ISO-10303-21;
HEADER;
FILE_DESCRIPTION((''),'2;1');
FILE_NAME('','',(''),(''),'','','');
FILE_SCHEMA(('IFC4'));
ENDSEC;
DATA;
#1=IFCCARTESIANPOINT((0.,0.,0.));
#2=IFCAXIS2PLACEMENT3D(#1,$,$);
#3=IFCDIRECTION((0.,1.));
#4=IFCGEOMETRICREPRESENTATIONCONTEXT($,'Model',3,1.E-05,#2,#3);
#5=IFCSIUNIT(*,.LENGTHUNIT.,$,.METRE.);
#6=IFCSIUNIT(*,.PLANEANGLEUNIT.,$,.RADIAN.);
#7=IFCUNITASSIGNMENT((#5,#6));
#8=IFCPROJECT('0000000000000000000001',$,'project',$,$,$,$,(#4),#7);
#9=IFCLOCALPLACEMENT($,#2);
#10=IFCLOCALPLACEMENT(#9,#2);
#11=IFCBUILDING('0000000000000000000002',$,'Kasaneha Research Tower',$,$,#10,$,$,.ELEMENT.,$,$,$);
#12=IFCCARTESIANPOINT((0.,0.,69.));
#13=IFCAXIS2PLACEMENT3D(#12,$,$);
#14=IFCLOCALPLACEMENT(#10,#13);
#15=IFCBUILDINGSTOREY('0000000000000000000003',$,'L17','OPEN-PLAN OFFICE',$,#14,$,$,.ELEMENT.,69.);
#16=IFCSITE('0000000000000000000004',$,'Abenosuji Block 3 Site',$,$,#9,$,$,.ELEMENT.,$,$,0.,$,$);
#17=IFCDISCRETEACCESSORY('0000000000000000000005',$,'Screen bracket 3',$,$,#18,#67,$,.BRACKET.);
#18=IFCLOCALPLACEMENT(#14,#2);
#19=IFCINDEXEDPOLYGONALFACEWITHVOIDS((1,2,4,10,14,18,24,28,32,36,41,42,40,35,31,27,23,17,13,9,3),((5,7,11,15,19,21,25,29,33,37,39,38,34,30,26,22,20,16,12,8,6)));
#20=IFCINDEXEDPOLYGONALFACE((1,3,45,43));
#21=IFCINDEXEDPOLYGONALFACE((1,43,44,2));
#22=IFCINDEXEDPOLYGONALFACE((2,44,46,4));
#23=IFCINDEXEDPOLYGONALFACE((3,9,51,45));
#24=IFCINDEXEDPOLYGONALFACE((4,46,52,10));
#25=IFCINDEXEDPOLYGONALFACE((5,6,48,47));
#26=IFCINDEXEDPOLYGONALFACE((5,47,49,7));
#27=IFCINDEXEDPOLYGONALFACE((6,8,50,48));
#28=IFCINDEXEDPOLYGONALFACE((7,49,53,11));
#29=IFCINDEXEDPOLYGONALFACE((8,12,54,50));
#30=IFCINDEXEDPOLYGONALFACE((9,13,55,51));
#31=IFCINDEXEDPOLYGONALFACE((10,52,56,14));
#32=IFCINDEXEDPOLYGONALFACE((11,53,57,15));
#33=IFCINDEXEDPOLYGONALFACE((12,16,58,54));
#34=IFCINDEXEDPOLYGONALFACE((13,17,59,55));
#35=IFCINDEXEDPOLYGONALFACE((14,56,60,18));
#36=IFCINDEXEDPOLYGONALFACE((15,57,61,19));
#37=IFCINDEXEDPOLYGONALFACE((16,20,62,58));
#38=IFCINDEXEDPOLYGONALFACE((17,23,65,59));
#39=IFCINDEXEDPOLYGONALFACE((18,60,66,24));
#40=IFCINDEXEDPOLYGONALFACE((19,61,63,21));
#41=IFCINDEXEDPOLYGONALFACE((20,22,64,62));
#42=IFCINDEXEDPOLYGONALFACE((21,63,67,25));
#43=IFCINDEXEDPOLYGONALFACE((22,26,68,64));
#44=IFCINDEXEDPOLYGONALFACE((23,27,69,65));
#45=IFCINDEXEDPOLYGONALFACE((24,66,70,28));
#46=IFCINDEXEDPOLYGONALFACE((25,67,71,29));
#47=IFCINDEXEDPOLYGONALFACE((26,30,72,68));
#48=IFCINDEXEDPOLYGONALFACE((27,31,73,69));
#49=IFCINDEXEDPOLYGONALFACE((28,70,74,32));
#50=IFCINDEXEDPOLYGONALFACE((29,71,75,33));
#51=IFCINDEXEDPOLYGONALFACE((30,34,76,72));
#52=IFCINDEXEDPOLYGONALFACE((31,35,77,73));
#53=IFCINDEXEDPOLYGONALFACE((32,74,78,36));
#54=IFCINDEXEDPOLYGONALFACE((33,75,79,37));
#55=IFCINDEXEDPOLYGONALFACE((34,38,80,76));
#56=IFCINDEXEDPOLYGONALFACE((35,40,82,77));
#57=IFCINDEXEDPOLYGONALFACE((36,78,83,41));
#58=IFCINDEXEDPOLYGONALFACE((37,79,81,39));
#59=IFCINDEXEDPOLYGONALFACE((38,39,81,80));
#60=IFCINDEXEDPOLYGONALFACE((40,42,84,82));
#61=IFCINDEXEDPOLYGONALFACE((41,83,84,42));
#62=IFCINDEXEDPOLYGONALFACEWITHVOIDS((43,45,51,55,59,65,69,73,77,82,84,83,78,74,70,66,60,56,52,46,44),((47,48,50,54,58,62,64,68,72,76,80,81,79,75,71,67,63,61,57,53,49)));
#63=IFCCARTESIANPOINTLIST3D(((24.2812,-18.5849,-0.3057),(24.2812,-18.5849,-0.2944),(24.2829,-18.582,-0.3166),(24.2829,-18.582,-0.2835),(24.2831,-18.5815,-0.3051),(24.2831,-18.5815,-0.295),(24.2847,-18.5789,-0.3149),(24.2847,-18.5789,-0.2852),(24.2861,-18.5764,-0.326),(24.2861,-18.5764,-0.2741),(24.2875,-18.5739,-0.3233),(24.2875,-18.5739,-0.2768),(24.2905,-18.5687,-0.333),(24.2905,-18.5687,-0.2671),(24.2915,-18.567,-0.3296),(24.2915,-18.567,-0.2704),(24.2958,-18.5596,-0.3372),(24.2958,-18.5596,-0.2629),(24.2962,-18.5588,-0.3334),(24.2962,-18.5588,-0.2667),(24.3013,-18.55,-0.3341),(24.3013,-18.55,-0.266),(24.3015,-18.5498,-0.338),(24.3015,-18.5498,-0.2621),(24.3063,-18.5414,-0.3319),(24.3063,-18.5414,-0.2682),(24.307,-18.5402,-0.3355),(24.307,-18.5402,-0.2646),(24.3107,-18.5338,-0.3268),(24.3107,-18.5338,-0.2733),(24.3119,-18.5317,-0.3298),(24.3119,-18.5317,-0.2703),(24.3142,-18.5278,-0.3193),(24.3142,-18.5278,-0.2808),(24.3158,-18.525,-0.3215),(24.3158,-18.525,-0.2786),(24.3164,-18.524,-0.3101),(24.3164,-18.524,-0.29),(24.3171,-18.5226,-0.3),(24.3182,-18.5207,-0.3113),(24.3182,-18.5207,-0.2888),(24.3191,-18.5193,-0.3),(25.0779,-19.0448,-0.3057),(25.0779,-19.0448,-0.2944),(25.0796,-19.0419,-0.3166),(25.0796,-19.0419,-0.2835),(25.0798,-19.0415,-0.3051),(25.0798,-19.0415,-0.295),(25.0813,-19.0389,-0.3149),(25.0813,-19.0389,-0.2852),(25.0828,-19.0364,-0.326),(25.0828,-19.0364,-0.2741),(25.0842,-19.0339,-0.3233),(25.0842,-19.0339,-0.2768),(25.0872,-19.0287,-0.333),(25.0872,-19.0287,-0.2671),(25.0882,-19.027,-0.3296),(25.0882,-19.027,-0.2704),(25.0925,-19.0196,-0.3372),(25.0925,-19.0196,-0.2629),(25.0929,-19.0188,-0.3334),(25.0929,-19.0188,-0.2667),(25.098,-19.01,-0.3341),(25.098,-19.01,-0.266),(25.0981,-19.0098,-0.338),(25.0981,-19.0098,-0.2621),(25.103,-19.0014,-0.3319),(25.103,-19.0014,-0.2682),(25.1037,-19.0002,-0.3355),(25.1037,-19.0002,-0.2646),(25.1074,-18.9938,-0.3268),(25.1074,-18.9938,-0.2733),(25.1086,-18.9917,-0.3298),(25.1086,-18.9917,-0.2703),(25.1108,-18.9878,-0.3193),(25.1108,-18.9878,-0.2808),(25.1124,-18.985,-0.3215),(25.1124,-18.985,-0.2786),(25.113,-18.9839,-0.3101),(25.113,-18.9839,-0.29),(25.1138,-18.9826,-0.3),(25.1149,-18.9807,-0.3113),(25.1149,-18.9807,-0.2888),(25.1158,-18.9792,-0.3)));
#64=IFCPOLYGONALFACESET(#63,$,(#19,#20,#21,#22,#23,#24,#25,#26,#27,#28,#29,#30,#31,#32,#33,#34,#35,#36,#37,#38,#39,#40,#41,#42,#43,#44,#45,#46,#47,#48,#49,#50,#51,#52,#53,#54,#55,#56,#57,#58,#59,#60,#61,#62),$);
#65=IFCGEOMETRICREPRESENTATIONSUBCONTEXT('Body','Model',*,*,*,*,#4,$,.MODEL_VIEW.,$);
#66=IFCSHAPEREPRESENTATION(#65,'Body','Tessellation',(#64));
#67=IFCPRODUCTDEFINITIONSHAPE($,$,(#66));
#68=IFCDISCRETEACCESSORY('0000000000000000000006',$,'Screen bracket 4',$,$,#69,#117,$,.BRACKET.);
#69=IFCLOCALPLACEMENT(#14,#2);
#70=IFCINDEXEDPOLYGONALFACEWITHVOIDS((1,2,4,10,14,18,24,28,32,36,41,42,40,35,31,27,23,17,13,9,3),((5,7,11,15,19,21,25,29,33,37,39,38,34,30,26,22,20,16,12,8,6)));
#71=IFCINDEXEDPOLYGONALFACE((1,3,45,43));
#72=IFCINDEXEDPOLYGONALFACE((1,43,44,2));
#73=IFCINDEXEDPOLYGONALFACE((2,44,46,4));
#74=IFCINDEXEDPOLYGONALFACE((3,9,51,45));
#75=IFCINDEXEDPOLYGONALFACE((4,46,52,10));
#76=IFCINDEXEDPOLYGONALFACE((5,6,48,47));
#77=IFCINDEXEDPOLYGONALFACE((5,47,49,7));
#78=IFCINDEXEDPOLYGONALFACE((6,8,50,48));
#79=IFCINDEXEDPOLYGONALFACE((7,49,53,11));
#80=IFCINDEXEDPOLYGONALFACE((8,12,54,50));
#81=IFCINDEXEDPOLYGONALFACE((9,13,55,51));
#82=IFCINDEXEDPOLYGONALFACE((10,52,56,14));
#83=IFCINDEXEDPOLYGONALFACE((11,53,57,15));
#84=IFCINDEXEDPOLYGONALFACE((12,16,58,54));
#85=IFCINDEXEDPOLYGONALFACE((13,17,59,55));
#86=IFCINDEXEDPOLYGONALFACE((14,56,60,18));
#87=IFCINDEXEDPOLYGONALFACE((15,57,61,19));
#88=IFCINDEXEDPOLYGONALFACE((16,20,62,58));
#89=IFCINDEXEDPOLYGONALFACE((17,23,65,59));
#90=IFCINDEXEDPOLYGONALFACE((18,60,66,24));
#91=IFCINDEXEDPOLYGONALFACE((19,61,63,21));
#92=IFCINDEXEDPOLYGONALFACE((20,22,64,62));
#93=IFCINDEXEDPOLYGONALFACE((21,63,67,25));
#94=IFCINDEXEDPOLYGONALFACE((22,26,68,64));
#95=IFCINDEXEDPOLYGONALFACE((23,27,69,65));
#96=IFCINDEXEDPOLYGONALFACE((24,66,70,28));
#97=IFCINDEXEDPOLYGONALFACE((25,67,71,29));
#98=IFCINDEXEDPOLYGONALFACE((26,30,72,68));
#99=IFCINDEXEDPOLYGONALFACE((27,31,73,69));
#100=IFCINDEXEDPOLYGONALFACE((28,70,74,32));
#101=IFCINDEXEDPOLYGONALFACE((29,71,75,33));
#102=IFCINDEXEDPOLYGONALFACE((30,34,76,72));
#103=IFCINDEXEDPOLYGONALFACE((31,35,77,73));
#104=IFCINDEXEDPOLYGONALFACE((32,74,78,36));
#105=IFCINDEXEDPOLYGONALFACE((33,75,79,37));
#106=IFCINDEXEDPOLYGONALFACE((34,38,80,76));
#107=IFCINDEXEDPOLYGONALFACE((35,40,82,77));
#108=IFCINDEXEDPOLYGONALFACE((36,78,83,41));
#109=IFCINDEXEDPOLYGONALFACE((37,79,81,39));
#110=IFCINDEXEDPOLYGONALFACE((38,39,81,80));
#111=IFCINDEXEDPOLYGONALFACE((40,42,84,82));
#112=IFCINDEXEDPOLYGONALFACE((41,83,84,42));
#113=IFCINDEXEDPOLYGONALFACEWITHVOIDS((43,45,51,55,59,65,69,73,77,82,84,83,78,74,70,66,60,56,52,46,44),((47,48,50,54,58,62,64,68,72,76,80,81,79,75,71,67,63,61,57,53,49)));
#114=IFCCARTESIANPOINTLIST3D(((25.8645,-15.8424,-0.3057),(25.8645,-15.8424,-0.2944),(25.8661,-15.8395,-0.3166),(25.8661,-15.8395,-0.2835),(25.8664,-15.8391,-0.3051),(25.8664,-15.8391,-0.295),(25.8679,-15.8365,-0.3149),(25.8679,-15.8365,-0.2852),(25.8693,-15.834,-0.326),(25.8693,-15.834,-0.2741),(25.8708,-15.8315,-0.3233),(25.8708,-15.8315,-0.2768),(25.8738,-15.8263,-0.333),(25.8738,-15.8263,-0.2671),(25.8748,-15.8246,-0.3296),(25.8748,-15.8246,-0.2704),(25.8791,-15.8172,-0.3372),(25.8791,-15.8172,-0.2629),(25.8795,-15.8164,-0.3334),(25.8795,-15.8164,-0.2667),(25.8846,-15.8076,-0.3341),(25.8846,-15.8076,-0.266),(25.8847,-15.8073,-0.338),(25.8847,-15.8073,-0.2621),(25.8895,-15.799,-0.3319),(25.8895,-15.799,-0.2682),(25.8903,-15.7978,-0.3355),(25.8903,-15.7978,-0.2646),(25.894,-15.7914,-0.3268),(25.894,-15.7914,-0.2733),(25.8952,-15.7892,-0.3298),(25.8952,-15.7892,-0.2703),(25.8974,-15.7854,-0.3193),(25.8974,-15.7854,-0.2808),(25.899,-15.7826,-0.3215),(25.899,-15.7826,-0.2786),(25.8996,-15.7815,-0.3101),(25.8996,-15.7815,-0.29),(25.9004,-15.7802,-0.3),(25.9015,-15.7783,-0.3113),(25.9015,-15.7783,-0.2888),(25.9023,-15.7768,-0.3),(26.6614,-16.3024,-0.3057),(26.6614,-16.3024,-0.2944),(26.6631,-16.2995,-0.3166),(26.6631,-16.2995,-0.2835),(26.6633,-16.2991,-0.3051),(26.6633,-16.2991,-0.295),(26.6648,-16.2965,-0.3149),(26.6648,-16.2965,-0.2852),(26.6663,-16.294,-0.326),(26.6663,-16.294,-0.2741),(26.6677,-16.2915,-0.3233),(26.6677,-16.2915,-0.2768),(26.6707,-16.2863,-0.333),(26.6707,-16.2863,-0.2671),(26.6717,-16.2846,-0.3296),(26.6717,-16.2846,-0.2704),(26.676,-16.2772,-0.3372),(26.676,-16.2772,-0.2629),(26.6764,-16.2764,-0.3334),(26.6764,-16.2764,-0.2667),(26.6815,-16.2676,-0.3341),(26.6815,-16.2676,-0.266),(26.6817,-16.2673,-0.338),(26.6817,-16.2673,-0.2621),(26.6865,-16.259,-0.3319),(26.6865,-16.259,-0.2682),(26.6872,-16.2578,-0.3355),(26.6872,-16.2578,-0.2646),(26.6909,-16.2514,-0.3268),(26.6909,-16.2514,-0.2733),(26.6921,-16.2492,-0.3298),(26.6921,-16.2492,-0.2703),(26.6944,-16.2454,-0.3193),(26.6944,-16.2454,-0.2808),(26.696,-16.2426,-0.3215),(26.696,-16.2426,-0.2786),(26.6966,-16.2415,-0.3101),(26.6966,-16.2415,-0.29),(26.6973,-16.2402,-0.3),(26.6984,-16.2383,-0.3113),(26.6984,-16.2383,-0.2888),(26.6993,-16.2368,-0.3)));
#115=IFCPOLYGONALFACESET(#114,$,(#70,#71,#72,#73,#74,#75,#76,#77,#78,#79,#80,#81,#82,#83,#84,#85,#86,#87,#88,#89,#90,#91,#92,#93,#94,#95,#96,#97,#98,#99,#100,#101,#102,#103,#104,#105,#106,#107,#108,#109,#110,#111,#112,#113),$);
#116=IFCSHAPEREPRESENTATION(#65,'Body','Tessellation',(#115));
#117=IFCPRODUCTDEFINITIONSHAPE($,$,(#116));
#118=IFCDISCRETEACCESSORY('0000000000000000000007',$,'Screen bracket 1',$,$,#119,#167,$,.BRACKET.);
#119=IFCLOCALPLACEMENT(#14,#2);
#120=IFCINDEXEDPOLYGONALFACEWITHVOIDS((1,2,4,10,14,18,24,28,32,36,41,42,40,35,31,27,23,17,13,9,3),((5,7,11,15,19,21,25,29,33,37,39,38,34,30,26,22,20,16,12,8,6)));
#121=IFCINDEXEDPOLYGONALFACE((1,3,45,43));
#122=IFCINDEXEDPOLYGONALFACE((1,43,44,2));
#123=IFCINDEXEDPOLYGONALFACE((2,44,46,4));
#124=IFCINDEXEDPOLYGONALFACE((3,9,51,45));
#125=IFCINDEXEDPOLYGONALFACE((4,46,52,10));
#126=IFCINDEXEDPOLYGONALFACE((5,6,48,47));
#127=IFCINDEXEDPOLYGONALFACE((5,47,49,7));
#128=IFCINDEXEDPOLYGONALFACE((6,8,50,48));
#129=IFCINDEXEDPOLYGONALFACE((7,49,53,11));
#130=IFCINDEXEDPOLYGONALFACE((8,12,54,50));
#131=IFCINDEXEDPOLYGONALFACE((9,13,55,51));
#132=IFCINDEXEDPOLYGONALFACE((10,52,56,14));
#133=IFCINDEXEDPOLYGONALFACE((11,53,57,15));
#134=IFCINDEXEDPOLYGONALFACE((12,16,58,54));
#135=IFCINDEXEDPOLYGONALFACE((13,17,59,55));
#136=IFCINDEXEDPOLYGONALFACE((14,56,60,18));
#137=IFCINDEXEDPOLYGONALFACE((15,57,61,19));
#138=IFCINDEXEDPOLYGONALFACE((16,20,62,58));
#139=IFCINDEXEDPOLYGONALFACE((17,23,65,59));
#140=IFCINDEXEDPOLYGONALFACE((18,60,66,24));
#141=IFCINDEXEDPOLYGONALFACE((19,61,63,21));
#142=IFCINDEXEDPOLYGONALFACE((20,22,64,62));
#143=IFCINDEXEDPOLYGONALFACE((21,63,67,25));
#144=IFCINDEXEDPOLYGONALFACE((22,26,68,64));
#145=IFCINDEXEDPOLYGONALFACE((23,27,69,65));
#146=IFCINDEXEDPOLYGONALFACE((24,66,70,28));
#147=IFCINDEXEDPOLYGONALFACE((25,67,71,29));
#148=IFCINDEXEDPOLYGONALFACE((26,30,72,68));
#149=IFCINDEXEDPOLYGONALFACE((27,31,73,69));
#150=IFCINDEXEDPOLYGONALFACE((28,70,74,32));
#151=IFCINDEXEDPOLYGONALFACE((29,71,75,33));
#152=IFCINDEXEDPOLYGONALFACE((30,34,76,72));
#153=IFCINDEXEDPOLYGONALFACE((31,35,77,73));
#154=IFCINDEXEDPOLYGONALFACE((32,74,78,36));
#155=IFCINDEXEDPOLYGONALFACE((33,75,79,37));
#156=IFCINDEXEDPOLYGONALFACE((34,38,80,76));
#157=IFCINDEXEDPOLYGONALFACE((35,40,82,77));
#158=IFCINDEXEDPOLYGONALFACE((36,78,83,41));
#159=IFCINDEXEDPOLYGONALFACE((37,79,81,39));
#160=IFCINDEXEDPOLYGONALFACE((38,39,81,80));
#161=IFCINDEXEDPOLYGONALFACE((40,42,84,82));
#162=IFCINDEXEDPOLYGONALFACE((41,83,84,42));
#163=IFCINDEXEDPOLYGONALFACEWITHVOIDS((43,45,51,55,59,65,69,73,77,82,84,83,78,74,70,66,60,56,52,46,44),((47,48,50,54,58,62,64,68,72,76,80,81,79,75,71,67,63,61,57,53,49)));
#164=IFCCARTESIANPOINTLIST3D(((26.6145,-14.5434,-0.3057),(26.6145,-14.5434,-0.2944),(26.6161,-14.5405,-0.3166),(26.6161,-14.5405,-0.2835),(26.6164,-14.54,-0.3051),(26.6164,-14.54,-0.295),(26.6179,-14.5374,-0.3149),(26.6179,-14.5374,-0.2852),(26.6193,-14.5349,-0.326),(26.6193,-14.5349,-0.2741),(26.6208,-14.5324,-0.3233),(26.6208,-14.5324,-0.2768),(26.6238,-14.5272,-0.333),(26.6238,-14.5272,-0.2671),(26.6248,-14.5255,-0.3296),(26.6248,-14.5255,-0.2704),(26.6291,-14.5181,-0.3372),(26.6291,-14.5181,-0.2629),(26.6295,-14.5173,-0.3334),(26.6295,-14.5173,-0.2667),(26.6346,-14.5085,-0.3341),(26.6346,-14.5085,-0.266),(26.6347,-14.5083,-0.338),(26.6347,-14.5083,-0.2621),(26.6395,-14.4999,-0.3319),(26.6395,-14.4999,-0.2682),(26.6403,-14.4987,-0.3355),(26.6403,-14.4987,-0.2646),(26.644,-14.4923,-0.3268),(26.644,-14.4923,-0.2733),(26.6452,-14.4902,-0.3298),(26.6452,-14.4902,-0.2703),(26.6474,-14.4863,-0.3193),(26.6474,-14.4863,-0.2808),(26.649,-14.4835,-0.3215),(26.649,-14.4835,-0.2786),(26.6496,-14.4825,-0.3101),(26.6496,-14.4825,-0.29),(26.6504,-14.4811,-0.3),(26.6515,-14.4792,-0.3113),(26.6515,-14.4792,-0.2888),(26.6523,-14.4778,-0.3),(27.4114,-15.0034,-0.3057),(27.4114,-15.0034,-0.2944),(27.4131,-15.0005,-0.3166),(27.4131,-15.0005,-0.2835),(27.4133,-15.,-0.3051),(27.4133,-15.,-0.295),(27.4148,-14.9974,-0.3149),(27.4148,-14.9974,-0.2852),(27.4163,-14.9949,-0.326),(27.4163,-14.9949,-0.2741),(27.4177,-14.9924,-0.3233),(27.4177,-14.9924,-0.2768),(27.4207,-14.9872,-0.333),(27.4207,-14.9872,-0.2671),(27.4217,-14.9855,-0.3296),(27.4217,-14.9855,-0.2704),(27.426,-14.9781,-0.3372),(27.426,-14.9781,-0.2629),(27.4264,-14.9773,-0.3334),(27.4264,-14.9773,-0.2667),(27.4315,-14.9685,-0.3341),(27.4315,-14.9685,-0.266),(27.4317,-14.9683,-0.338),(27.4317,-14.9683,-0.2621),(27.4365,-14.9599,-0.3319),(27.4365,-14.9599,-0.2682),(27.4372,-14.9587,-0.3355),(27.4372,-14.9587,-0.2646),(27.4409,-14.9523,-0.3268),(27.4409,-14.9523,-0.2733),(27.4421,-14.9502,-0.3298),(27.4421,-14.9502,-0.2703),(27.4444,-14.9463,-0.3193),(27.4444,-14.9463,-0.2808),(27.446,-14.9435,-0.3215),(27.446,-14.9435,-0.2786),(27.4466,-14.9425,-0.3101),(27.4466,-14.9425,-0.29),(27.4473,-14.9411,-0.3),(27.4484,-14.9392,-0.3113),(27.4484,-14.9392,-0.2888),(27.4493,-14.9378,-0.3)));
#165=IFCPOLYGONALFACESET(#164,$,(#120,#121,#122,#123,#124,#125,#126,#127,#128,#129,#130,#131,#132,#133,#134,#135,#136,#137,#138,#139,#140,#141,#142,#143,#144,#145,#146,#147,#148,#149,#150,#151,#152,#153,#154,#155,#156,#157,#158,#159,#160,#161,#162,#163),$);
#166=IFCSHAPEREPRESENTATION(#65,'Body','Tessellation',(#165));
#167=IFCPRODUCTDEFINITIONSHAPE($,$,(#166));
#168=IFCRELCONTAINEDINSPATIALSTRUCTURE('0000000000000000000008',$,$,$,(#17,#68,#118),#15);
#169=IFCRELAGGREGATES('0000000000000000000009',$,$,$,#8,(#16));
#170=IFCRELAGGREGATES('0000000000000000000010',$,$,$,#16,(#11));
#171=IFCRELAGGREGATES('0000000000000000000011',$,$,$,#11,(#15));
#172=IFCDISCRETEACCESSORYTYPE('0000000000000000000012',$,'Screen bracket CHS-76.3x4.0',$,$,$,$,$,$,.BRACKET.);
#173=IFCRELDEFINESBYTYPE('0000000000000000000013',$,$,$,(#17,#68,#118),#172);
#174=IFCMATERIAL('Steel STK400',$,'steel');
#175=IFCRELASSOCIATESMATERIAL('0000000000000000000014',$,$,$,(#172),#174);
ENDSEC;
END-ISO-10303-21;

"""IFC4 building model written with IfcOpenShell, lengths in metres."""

from ifc_helpers import new_model, si_unit, direction, frame, origin, origin_2d, place, context, subcontext, project, spatial, hollow_circle, extrude, material, material_profile, profile_set, type_object, element, save


model = new_model("IFC4")

# Units and contexts
model_context = context("Model", 3, precision=1e-05, world=origin(), true_north=direction((0.0, 1.0)))
body_context = subcontext(model_context, "Body", "Model", "MODEL_VIEW")
ifc_project = project(units=[si_unit("LENGTHUNIT", "METRE"), si_unit("PLANEANGLEUNIT", "RADIAN")], contexts=[model_context])

# Site, building, storey
site_placement = place(None, origin())
site = spatial("IfcSite", under=ifc_project, at=site_placement, Name="Abenosuji Block 3 Site", CompositionType="ELEMENT", RefElevation=0.0)
building_placement = place(site_placement, origin())
building = spatial("IfcBuilding", under=site, at=building_placement, Name="Kasaneha Research Tower", CompositionType="ELEMENT")
storey_placement = place(building_placement, frame((0.0, 0.0, 69.0)))
storey = spatial("IfcBuildingStorey", under=building, at=storey_placement, Name="L17", Description="OPEN-PLAN OFFICE", CompositionType="ELEMENT", Elevation=69.0)

# Discrete accessories
ifc_material_1 = material(Name="Steel STK400", Category="steel")
ifc_material_profile_1 = material_profile(ifc_material_1, hollow_circle(Radius=0.0381, WallThickness=0.0039, at=origin_2d()), Name="CHS-76.3x4.0")
ifc_profile_set_1 = profile_set([ifc_material_profile_1], Name="Steel STK400")
discrete_accessory_type = type_object("IfcDiscreteAccessoryType", Name="Screen bracket CHS-76.3x4.0", PredefinedType="BRACKET", material=ifc_profile_set_1)
discrete_accessory_1_placement = place(storey_placement, frame((24.3, -18.5522, -0.3), z_axis=(0.866013, -0.500021, 0.0), x_axis=(0.500021, 0.866013, 0.0)))
element("IfcDiscreteAccessory", 1, at=discrete_accessory_1_placement, inside=storey, type_object=discrete_accessory_type, Name="Screen bracket 3", PredefinedType="BRACKET", context=body_context, shape_type="SweptSolid", body=[
    extrude(hollow_circle(Radius=0.0381, WallThickness=0.0039, at=origin_2d()), origin(), (0.0, 0.0, 1.0), 0.9199),
])
for number, where, z_axis, x_axis, name in (
    (2, (25.8833, -15.8098, -0.3), (0.86608, -0.499906, 0.0), (0.499906, 0.86608, 0.0), "Screen bracket 4"),
    (3, (26.6333, -14.5107, -0.3), (0.86608, -0.499906, 0.0), (0.499906, 0.86608, 0.0), "Screen bracket 1"),
):
    element("IfcDiscreteAccessory", number, at=place(storey_placement, frame(where, z_axis=z_axis, x_axis=x_axis)), inside=storey, type_object=discrete_accessory_type, Name=name, PredefinedType="BRACKET", context=body_context, shape_type="SweptSolid", body=[
        extrude(hollow_circle(Radius=0.0381, WallThickness=0.0039, at=origin_2d()), origin(), (0.0, 0.0, 1.0), 0.9202),
    ])

save(model, "model.ifc")
